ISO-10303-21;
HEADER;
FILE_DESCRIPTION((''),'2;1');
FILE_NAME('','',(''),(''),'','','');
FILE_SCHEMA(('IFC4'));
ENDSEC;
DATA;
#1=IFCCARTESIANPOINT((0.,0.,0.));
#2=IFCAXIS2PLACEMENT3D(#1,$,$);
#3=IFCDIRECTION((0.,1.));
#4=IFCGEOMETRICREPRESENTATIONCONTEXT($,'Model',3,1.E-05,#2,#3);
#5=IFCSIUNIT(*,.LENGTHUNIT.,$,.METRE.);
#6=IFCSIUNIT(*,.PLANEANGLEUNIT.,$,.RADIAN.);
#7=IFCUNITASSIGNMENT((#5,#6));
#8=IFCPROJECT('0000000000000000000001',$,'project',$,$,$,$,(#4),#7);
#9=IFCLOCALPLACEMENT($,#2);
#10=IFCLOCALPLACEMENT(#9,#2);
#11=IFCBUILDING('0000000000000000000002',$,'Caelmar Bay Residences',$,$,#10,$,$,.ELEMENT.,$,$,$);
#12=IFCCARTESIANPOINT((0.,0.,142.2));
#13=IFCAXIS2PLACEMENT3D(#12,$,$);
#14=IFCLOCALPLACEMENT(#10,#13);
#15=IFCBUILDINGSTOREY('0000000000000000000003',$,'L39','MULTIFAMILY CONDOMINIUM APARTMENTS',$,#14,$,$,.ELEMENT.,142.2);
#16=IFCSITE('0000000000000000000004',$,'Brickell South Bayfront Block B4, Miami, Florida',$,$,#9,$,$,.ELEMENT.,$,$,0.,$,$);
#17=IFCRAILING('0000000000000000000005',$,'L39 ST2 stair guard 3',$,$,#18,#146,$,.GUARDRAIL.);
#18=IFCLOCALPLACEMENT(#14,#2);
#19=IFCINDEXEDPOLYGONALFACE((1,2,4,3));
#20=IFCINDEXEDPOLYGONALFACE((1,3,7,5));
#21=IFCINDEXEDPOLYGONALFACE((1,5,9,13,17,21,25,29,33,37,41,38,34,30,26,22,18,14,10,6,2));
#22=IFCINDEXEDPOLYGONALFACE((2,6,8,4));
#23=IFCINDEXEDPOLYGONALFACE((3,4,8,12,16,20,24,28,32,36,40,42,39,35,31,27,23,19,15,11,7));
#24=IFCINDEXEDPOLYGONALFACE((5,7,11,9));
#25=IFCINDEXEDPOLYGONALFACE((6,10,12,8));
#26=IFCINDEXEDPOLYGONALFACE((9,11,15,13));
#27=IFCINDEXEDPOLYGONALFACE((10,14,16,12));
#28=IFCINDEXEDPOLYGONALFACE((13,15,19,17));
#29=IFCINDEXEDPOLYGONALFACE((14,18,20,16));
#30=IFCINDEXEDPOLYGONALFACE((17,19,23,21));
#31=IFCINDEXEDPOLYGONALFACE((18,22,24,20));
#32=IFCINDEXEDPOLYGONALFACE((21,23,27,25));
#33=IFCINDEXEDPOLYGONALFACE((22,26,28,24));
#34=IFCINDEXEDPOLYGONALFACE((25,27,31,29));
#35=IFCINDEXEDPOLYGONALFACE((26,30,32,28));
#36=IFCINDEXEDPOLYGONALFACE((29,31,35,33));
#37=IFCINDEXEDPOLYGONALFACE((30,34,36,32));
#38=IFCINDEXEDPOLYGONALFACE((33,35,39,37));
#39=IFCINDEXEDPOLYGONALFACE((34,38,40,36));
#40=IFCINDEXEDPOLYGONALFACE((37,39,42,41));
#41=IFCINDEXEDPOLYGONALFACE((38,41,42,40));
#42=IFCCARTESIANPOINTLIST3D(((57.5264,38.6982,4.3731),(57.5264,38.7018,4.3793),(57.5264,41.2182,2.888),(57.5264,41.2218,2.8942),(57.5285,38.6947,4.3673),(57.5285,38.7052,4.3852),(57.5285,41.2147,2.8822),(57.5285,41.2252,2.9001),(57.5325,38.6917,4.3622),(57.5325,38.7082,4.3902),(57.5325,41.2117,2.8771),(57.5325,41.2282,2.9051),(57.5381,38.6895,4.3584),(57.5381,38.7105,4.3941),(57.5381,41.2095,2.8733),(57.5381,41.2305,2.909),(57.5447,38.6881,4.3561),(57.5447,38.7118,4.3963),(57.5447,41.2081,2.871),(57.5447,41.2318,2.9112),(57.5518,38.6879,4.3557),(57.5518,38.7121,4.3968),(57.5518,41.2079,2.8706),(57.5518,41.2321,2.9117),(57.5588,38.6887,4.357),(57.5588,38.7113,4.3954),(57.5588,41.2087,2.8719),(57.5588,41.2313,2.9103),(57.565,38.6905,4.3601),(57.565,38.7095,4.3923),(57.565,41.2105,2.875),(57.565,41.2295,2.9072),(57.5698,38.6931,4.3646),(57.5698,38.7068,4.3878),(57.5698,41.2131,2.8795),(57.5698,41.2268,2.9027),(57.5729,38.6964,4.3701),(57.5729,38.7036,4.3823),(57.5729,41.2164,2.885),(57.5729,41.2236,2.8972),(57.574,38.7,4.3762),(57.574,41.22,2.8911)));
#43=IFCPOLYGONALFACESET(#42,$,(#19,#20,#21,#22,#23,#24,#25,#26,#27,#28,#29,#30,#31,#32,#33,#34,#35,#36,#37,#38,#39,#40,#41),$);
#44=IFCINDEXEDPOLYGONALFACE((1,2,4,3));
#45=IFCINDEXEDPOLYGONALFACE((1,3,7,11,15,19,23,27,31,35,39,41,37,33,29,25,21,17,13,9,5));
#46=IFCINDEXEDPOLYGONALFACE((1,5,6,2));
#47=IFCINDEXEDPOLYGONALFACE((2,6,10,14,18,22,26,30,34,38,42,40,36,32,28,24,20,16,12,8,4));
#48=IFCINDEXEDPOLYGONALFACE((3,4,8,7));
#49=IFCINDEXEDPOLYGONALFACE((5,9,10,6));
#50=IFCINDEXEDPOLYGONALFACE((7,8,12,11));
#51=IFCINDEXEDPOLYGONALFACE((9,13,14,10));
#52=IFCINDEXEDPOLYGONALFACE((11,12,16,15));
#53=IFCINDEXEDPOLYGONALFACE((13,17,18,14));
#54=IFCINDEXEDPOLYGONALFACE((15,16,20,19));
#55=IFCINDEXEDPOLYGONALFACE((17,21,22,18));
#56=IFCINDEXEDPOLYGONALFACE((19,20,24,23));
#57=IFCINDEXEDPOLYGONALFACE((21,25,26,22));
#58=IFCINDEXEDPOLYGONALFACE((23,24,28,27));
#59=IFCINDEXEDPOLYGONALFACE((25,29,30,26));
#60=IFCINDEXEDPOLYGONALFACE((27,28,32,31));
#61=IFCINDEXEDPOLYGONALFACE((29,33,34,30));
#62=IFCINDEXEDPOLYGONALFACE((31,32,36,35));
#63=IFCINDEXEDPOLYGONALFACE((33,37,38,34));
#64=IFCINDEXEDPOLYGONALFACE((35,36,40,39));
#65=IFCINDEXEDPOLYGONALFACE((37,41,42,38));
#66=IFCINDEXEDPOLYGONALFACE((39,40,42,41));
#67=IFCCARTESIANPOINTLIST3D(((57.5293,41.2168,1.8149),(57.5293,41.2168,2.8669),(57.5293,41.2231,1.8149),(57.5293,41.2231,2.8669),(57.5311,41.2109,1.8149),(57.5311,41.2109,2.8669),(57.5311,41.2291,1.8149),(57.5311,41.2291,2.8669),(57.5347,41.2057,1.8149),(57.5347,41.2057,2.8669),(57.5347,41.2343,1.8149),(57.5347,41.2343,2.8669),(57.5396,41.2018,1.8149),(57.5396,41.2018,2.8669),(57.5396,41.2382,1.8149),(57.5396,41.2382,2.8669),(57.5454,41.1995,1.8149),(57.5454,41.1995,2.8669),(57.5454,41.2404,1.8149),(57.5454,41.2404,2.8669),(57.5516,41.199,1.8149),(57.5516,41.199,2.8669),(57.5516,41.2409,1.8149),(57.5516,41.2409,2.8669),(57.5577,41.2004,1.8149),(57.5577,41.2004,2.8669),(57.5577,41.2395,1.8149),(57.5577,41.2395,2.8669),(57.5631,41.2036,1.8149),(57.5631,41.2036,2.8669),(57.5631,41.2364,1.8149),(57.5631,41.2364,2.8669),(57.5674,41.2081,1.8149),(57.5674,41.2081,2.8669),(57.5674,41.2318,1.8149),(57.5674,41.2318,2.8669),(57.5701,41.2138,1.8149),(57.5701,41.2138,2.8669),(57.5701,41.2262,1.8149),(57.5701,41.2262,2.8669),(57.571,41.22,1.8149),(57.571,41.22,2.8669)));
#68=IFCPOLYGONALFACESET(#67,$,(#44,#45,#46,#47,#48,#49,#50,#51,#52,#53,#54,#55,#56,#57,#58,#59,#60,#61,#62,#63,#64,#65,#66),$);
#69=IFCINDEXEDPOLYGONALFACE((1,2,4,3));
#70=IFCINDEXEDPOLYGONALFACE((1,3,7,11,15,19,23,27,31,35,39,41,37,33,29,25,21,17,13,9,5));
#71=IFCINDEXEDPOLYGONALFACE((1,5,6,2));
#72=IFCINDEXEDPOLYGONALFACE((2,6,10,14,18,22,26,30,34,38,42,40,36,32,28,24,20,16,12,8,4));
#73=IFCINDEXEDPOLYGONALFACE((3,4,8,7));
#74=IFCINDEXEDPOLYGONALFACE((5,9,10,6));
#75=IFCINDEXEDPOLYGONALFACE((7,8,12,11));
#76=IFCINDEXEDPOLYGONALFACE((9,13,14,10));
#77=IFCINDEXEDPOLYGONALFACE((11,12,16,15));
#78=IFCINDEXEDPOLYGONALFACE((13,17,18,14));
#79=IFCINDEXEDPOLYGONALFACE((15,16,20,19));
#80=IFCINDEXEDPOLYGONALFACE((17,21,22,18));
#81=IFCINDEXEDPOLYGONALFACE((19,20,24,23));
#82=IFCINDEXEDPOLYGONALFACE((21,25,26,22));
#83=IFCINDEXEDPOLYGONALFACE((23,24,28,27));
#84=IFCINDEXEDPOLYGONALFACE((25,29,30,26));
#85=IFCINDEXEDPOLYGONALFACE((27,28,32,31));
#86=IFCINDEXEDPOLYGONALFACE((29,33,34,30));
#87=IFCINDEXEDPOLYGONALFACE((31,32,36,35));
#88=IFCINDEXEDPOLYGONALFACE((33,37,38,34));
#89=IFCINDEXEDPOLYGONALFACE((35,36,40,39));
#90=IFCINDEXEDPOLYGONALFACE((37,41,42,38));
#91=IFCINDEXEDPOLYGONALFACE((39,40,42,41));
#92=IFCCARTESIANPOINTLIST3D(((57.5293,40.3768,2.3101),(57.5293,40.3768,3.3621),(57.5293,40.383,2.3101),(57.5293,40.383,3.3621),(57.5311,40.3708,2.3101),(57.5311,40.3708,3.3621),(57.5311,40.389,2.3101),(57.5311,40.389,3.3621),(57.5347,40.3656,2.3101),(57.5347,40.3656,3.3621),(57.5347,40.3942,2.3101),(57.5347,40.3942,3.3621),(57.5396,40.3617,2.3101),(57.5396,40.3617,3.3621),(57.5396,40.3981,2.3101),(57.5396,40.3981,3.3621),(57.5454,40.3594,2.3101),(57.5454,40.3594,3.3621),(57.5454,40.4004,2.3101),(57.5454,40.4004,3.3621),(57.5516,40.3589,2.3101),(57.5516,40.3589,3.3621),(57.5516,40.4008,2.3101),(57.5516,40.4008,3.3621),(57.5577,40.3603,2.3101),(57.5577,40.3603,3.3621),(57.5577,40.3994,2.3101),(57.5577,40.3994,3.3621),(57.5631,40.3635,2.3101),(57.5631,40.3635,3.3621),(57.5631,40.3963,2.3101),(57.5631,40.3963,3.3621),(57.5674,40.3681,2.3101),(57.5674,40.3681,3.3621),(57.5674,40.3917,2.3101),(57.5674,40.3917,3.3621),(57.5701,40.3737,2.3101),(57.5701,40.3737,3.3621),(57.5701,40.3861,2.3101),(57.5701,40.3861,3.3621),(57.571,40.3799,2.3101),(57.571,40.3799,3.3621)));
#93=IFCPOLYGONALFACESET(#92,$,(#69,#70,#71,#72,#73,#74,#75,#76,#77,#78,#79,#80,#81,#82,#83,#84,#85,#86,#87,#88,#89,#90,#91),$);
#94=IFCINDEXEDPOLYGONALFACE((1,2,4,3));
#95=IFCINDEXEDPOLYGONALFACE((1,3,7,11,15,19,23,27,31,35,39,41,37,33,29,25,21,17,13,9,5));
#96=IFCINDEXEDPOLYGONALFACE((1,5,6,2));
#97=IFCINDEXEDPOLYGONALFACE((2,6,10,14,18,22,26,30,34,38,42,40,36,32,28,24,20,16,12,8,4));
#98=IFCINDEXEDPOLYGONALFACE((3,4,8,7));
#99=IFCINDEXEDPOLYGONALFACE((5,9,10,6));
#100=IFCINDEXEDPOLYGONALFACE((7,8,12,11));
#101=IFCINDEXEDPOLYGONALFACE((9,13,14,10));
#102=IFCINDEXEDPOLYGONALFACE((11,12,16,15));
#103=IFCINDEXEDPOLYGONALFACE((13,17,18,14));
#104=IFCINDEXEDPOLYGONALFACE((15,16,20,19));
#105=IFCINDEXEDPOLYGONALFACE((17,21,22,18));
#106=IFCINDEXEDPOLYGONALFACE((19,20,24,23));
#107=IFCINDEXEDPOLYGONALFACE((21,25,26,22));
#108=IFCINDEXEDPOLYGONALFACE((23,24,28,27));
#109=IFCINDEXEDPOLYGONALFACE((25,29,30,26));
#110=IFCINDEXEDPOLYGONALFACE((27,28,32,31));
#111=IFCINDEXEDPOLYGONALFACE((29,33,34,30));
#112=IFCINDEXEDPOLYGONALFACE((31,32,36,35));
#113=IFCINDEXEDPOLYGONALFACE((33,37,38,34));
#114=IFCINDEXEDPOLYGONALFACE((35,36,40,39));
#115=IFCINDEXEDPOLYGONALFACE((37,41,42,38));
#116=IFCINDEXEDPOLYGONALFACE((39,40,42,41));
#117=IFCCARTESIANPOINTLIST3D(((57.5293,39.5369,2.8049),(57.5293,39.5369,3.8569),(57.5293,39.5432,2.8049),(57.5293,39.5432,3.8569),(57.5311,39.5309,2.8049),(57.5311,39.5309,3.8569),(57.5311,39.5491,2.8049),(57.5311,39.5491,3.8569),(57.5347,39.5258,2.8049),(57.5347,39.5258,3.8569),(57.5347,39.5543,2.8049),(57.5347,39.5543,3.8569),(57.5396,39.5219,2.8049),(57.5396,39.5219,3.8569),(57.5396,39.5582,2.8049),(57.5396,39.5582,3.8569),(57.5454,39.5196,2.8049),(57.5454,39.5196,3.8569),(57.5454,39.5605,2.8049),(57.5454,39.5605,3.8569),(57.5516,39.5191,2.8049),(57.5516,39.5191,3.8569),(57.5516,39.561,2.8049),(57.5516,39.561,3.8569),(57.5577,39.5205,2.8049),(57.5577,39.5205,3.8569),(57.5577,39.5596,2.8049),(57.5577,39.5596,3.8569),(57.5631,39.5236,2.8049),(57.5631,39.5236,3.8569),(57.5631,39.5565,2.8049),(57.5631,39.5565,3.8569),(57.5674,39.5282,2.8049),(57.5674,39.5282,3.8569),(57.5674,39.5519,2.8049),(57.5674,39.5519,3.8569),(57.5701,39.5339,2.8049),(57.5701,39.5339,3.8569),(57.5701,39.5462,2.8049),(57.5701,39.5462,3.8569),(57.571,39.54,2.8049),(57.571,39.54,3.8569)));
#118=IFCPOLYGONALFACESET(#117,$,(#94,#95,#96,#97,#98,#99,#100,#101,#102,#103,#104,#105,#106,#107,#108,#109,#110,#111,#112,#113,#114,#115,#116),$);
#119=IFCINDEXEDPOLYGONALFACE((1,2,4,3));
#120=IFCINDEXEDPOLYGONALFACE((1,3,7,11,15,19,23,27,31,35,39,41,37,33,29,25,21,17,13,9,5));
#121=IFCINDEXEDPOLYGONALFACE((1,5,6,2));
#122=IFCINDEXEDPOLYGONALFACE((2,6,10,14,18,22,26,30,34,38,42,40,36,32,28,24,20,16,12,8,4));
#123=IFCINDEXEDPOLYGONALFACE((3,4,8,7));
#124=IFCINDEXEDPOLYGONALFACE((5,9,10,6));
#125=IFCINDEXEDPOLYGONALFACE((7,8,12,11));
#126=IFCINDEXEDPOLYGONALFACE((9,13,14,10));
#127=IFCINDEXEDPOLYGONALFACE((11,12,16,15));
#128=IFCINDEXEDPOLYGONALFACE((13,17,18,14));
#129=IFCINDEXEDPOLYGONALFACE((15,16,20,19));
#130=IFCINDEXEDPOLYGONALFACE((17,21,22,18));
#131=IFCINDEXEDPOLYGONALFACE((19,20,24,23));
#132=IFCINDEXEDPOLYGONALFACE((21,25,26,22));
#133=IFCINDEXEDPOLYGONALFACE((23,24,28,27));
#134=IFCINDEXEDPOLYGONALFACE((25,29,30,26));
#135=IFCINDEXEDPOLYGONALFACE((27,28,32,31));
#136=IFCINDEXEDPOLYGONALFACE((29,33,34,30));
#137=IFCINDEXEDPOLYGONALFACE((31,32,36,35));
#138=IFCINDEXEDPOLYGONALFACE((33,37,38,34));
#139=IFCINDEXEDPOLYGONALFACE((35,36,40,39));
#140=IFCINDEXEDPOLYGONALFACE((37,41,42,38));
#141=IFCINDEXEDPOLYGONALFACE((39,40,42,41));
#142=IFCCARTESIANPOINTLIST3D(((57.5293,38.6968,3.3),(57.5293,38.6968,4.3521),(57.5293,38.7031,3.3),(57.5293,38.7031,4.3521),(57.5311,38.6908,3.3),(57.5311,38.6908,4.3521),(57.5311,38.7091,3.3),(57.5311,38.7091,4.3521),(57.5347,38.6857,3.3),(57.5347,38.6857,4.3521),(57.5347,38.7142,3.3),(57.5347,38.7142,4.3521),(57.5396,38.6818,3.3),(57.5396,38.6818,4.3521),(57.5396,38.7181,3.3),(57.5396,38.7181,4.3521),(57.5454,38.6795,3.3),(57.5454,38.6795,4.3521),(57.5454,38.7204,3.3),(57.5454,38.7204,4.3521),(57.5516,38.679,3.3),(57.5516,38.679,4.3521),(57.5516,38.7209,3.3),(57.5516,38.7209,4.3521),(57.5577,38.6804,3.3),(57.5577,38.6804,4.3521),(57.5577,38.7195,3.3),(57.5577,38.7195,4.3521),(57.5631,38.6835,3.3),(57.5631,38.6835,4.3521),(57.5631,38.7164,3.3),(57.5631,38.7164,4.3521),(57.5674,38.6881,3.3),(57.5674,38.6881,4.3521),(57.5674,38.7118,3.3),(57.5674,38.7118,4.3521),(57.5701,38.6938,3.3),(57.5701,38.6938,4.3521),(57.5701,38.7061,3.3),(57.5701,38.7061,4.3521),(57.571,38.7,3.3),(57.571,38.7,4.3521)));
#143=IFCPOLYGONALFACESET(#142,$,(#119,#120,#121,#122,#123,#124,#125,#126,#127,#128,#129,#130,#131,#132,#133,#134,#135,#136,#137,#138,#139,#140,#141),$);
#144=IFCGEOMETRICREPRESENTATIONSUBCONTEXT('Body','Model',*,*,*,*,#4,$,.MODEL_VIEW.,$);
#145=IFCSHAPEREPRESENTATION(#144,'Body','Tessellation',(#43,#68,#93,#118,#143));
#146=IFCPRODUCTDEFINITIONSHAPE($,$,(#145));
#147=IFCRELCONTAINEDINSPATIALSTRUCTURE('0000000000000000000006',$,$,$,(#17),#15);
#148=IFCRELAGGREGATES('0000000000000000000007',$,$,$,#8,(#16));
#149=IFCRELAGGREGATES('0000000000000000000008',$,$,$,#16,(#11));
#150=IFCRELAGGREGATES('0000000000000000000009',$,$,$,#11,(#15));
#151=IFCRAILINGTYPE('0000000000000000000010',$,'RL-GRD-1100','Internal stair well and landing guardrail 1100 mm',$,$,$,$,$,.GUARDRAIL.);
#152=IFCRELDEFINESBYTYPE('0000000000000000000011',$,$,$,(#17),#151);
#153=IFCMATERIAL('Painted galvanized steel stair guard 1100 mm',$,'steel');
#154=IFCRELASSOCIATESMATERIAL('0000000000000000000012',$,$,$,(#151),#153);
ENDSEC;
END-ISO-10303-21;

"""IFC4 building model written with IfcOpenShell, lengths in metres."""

from ifc_helpers import new_model, si_unit, direction, frame, origin, origin_2d, place, context, subcontext, project, spatial, circle, extrude, material, type_object, element, save


model = new_model("IFC4")

# Units and contexts
model_context = context("Model", 3, precision=1e-05, world=origin(), true_north=direction((0.0, 1.0)))
body_context = subcontext(model_context, "Body", "Model", "MODEL_VIEW")
ifc_project = project(units=[si_unit("LENGTHUNIT", "METRE"), si_unit("PLANEANGLEUNIT", "RADIAN")], contexts=[model_context])

# Site, building, storey
site_placement = place(None, origin())
site = spatial("IfcSite", under=ifc_project, at=site_placement, Name="Brickell South Bayfront Block B4, Miami, Florida", CompositionType="ELEMENT", RefElevation=0.0)
building_placement = place(site_placement, origin())
building = spatial("IfcBuilding", under=site, at=building_placement, Name="Caelmar Bay Residences", CompositionType="ELEMENT")
storey_placement = place(building_placement, frame((0.0, 0.0, 142.2)))
storey = spatial("IfcBuildingStorey", under=building, at=storey_placement, Name="L39", Description="MULTIFAMILY CONDOMINIUM APARTMENTS", CompositionType="ELEMENT", Elevation=142.2)

# Railing
ifc_material_1 = material(Name="Painted galvanized steel stair guard 1100 mm", Category="steel")
railing_type_1 = type_object("IfcRailingType", Name="RL-GRD-1100", Description="Internal stair well and landing guardrail 1100 mm", PredefinedType="GUARDRAIL", material=ifc_material_1)
railing_1_placement = place(storey_placement, frame((57.55, 41.22, 1.8149)))
element("IfcRailing", 1, at=railing_1_placement, inside=storey, type_object=railing_type_1, Name="L39 ST2 stair guard 3", PredefinedType="GUARDRAIL", context=body_context, shape_type="SweptSolid", body=[
    extrude(circle(Radius=0.0239, at=origin_2d()), frame((0.0, 0.0, 1.0762), z_axis=(0.0, -0.861524, 0.507717), x_axis=(1.0, 0.0, 0.0)), (0.0, 0.0, 1.0), 2.925),
    extrude(circle(Radius=0.021, at=origin_2d()), origin(), (0.0, 0.0, 1.0), 1.052),
    extrude(circle(Radius=0.021, at=origin_2d()), frame((0.0, -0.8401, 0.4951)), (0.0, 0.0, 1.0), 1.052),
    extrude(circle(Radius=0.021, at=origin_2d()), frame((0.0, -1.6799, 0.99)), (0.0, 0.0, 1.0), 1.052),
    extrude(circle(Radius=0.021, at=origin_2d()), frame((0.0, -2.52, 1.4851)), (0.0, 0.0, 1.0), 1.052),
])

save(model, "model.ifc")
